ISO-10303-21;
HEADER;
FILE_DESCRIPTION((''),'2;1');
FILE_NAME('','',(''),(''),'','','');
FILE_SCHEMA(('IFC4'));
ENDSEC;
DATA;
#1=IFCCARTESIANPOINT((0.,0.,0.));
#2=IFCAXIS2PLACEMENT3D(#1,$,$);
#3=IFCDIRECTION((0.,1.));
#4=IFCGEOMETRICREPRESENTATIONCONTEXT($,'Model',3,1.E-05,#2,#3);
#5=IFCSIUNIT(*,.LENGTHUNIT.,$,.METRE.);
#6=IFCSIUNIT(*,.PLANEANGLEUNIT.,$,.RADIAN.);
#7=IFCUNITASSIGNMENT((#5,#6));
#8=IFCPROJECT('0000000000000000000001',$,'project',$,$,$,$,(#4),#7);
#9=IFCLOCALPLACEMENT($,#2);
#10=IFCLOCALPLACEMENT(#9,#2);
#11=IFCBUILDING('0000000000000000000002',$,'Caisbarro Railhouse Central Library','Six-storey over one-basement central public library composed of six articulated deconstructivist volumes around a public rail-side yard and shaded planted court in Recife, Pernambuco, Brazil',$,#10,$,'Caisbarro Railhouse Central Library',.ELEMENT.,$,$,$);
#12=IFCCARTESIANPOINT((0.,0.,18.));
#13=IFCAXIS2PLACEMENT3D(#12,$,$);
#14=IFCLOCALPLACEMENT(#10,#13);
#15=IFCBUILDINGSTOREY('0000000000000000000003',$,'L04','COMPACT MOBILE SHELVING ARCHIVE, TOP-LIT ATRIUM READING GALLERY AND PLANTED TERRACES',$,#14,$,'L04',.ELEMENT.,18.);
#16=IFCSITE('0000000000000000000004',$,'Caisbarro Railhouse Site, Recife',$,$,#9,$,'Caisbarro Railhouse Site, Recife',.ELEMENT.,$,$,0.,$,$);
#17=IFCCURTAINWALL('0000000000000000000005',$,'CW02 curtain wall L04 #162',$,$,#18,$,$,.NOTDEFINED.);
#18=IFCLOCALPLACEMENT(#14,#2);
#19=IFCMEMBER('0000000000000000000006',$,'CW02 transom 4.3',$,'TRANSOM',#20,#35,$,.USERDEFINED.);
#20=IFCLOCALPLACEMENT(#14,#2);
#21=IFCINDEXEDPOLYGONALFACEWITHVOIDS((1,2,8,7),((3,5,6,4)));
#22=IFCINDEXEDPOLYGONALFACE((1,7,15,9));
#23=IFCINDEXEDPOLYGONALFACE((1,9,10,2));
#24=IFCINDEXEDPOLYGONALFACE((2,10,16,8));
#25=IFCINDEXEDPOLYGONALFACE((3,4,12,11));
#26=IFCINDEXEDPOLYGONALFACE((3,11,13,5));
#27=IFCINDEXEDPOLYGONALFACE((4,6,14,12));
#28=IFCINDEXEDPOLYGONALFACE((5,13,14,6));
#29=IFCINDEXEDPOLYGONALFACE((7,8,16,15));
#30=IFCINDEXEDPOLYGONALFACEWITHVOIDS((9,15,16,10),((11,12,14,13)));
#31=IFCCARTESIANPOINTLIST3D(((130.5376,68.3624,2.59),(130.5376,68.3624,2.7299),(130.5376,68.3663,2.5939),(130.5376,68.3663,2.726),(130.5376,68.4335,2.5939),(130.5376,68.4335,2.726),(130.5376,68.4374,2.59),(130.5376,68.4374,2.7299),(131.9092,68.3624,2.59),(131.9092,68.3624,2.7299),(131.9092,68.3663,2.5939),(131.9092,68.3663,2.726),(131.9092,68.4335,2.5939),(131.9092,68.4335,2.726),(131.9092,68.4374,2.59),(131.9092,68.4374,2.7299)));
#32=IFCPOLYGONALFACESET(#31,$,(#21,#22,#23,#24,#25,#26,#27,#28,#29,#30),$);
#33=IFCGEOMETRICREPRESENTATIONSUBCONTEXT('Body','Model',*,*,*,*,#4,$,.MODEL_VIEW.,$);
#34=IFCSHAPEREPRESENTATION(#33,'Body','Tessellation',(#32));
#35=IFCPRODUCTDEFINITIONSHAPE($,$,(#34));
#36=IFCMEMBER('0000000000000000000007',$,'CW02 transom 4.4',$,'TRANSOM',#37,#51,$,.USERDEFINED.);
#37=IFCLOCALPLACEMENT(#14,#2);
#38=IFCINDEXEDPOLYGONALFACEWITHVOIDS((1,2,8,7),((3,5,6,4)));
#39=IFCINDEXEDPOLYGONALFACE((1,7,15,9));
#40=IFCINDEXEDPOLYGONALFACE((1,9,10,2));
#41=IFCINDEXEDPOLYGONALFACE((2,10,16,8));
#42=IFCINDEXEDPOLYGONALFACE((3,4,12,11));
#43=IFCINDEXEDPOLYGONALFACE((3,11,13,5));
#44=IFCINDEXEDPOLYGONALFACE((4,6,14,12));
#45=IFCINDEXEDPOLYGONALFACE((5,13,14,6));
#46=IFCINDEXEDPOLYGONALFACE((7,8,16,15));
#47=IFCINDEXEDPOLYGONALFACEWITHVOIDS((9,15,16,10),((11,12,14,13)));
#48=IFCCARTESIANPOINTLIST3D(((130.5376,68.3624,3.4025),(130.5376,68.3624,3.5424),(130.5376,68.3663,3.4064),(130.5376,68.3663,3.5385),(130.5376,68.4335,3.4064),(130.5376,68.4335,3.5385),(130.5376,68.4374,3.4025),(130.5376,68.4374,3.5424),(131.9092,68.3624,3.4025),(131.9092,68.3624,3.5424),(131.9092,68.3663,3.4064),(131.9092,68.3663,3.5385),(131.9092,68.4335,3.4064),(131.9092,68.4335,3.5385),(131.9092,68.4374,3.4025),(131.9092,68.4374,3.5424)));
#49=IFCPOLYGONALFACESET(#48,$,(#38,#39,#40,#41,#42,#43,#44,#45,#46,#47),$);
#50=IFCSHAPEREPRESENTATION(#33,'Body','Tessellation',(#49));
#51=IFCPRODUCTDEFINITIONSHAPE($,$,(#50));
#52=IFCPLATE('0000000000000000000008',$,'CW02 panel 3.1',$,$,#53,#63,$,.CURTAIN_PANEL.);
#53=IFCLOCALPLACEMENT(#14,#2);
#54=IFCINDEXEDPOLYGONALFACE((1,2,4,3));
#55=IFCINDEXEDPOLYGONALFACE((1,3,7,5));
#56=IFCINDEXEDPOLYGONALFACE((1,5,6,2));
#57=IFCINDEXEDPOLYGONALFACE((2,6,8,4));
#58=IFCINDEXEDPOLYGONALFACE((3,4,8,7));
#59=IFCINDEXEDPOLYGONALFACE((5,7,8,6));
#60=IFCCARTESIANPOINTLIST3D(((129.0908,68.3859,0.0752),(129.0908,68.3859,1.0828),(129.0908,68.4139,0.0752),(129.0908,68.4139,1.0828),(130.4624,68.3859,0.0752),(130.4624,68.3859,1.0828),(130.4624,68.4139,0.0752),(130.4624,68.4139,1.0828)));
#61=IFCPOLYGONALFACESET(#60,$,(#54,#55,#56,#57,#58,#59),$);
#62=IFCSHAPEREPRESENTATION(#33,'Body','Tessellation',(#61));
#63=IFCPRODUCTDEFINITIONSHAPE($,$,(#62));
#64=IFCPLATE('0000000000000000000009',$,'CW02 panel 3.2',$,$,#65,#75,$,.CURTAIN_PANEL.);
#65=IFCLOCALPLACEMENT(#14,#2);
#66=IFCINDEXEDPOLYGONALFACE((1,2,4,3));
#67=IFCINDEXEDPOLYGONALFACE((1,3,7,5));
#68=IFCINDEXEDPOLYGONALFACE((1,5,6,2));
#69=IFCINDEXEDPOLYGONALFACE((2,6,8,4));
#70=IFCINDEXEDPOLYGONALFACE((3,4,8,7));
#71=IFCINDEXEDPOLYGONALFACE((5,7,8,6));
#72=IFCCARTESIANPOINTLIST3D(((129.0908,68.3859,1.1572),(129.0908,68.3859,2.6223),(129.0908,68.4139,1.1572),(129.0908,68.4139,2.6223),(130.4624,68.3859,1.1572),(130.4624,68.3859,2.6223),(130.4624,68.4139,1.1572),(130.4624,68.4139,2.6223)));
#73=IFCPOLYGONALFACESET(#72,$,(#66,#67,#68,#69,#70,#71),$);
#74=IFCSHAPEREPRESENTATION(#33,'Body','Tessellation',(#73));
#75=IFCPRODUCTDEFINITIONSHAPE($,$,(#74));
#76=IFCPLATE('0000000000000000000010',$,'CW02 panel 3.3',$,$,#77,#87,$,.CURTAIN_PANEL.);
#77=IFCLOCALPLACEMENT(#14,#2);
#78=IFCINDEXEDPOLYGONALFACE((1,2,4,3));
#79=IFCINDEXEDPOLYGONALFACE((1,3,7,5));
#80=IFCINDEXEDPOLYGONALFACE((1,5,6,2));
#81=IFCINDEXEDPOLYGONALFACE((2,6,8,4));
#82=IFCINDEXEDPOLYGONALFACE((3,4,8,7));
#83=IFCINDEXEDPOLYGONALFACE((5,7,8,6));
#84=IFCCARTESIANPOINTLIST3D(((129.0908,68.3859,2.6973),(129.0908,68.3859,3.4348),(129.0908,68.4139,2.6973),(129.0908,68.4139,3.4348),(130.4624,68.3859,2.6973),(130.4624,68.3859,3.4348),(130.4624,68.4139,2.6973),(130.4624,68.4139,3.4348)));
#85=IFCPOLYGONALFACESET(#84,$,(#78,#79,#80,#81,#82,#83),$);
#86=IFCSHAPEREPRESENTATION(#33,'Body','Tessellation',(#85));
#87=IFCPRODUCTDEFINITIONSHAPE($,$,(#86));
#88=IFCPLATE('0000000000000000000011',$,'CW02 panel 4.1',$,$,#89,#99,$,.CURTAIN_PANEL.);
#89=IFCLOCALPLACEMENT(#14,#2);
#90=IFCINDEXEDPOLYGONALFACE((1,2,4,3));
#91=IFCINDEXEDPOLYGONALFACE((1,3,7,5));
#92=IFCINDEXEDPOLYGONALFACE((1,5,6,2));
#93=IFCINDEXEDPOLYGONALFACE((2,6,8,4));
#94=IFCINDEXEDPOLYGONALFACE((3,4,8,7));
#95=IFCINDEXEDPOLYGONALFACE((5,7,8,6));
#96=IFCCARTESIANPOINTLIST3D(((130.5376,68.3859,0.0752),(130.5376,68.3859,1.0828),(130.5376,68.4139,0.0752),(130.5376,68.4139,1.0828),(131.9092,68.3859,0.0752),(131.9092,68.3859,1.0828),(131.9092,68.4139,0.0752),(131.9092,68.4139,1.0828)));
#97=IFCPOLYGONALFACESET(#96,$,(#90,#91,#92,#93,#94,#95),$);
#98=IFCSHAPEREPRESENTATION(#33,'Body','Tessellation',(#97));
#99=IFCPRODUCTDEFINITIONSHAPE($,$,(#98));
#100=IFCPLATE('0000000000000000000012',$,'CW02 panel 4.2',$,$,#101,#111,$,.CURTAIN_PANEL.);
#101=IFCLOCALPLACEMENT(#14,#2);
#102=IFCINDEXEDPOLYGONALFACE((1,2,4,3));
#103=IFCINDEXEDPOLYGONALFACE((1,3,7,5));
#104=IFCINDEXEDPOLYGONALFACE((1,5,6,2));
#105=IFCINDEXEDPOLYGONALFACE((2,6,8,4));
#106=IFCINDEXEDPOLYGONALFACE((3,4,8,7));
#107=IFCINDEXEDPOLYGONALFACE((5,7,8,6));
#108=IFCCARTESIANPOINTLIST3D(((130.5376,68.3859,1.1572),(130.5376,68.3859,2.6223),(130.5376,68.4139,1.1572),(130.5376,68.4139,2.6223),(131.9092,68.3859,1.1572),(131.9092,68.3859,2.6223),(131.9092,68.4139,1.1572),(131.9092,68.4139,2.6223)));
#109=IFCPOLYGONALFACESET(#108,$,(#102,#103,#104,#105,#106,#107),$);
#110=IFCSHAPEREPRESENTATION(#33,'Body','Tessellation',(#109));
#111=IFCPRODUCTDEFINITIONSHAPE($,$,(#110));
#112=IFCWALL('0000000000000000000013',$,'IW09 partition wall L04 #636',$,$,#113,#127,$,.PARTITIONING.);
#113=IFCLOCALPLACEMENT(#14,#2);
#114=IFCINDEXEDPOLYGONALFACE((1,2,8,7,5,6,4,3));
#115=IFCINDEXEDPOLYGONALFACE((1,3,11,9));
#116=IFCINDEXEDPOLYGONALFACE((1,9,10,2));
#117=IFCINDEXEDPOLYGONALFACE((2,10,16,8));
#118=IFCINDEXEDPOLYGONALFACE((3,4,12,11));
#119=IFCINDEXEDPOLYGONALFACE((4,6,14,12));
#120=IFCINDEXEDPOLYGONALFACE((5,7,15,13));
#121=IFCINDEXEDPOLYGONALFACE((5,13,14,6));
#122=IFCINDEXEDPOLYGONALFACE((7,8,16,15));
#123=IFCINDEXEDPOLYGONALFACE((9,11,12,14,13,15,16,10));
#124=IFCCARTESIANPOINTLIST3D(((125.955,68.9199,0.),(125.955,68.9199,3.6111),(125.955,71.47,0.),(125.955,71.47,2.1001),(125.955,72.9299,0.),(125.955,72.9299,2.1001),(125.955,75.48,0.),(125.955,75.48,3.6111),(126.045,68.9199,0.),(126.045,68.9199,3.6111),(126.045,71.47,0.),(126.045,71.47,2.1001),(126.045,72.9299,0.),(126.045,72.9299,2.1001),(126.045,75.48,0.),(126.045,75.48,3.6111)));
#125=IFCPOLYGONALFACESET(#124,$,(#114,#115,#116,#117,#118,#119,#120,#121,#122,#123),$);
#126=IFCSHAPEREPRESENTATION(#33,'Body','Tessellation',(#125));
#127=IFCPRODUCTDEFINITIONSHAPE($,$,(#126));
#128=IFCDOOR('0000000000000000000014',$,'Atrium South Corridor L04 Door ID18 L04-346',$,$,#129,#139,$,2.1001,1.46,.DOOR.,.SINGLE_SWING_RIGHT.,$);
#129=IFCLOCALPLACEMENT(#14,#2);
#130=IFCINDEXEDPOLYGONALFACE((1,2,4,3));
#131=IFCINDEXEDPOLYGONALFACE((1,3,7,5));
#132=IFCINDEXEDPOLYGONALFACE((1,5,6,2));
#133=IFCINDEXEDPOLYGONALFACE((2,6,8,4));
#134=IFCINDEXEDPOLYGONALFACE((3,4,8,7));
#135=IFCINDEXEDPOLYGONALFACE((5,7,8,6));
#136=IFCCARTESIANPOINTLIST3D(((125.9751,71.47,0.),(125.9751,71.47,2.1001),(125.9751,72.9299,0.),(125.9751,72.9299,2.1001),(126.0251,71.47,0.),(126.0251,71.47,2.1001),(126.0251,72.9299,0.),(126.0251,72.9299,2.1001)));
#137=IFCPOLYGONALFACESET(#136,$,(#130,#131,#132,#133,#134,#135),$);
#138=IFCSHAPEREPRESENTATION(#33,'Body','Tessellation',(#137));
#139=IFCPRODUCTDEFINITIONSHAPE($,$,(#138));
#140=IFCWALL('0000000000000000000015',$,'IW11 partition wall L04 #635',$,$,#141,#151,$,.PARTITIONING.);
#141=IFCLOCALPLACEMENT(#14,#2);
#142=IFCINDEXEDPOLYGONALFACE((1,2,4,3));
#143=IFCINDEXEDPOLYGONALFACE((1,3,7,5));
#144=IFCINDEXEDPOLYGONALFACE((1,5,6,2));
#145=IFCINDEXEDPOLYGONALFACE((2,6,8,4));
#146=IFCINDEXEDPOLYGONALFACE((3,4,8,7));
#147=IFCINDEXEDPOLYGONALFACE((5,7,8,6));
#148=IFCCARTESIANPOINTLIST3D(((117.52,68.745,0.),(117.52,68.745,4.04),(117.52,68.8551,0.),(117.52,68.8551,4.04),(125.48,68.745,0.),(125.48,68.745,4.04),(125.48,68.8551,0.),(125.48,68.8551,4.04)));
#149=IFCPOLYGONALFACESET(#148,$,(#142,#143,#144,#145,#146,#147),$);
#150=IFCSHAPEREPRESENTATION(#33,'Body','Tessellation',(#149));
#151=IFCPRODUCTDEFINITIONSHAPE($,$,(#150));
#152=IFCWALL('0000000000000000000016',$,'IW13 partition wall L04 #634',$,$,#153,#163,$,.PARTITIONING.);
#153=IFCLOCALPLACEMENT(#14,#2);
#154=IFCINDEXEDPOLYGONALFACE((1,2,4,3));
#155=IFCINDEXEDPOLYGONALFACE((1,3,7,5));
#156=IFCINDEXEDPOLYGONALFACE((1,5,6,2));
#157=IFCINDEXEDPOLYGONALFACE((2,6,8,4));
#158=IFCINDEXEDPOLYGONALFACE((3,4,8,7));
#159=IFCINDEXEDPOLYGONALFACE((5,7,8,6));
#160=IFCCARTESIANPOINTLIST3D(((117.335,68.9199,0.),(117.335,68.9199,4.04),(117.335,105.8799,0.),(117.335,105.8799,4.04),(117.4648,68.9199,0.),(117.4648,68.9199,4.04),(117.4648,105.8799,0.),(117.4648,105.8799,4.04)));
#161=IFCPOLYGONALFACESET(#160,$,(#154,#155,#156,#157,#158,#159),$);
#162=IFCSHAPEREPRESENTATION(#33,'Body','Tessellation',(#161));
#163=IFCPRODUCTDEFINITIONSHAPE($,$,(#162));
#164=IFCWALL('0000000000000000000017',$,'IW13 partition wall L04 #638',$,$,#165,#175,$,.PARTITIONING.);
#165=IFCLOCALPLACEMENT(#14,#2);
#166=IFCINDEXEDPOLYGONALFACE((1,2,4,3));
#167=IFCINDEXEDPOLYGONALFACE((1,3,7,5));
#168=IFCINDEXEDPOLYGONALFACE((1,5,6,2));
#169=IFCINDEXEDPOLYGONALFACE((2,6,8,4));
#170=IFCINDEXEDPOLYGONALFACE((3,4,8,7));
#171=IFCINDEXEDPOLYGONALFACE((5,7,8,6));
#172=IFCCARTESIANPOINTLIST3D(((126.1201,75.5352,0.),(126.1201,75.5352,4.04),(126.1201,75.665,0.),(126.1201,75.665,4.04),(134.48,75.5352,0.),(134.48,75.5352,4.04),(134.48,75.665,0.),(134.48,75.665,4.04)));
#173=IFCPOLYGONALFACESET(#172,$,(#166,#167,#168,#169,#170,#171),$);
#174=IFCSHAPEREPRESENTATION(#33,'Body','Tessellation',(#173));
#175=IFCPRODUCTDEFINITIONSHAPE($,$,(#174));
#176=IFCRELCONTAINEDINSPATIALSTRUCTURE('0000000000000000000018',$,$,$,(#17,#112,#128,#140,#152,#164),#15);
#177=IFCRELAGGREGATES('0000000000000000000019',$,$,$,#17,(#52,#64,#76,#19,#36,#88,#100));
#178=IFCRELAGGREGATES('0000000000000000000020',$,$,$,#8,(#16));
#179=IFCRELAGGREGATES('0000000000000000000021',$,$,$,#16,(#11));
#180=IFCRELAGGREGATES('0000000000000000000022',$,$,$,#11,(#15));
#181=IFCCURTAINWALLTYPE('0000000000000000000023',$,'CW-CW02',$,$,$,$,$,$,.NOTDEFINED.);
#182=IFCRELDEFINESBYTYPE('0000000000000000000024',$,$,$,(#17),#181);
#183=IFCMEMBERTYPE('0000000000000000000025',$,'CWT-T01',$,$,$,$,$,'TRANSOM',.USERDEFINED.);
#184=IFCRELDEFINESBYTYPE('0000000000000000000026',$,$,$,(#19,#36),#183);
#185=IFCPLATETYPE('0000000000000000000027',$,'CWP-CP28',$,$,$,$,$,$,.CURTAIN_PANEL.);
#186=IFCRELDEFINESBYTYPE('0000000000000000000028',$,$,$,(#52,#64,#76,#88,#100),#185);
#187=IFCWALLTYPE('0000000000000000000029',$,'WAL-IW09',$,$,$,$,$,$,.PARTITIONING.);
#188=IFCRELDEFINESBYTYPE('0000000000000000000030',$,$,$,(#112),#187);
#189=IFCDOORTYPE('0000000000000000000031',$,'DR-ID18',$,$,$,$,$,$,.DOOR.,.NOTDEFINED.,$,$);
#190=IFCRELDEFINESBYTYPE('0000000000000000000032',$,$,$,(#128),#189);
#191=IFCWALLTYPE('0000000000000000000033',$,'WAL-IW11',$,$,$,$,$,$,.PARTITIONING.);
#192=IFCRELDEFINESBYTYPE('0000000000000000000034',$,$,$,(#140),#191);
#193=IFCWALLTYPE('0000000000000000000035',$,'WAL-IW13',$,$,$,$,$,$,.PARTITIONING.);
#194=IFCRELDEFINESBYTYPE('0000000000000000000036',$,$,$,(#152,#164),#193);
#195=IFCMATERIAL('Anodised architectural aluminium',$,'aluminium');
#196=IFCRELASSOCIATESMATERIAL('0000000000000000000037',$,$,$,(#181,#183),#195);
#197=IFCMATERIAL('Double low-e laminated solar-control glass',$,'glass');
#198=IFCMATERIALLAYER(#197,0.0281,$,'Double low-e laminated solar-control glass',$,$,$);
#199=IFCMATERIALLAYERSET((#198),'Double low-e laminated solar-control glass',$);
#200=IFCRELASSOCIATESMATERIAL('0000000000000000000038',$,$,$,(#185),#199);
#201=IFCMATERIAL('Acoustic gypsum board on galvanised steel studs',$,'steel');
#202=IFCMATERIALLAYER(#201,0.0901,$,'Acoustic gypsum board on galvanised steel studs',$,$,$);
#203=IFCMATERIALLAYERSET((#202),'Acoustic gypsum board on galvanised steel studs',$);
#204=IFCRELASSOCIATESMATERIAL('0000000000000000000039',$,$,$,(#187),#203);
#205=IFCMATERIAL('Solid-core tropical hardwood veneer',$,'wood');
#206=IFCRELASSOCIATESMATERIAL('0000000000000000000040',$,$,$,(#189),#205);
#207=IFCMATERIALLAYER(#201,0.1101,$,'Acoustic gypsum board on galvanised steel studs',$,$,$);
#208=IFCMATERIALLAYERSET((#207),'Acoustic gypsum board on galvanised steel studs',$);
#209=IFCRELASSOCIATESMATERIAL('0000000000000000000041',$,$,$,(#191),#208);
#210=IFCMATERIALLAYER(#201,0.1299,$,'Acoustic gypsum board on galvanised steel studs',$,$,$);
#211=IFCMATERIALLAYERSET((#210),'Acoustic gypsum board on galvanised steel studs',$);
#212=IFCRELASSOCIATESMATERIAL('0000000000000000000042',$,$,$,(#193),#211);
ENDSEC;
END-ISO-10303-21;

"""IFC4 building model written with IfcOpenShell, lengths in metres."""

from ifc_helpers import new_model, si_unit, direction, frame, frame_2d, origin, origin_2d, place, context, subcontext, project, spatial, rectangle, hollow_rectangle, extrude, material, layer, layer_set, material_profile, profile_set, type_object, element, fill, aggregate, save


model = new_model("IFC4")

# Units and contexts
model_context = context("Model", 3, precision=1e-05, world=origin(), true_north=direction((0.0, 1.0)))
body_context = subcontext(model_context, "Body", "Model", "MODEL_VIEW")
ifc_project = project(units=[si_unit("LENGTHUNIT", "METRE"), si_unit("PLANEANGLEUNIT", "RADIAN")], contexts=[model_context])

# Site, building, storey
site_placement = place(None, origin())
site = spatial("IfcSite", under=ifc_project, at=site_placement, Name="Caisbarro Railhouse Site, Recife", LongName="Caisbarro Railhouse Site, Recife", CompositionType="ELEMENT", RefElevation=0.0)
building_placement = place(site_placement, origin())
building = spatial("IfcBuilding", under=site, at=building_placement, Name="Caisbarro Railhouse Central Library", Description="Six-storey over one-basement central public library composed of six articulated deconstructivist volumes around a public rail-side yard and shaded planted court in Recife, Pernambuco, Brazil", LongName="Caisbarro Railhouse Central Library", CompositionType="ELEMENT")
storey_placement = place(building_placement, frame((0.0, 0.0, 18.0)))
storey = spatial("IfcBuildingStorey", under=building, at=storey_placement, Name="L04", Description="COMPACT MOBILE SHELVING ARCHIVE, TOP-LIT ATRIUM READING GALLERY AND PLANTED TERRACES", LongName="L04", CompositionType="ELEMENT", Elevation=18.0)

# Curtain wall, members, plates
ifc_material_1 = material(Name="Anodised architectural aluminium", Category="aluminium")
curtain_wall_type = type_object("IfcCurtainWallType", Name="CW-CW02", PredefinedType="NOTDEFINED", material=ifc_material_1)
curtain_wall_placement = place(storey_placement, origin())
curtain_wall = element("IfcCurtainWall", 1, at=curtain_wall_placement, inside=storey, type_object=curtain_wall_type, Name="CW02 curtain wall L04 #162", PredefinedType="NOTDEFINED")
ifc_material_profile_1 = material_profile(ifc_material_1, hollow_rectangle(XDim=0.075, YDim=0.1399, WallThickness=0.0039, at=origin_2d()), Name="ALU-TRN-75X140")
ifc_profile_set_1 = profile_set([ifc_material_profile_1], Name="Anodised architectural aluminium")
member_type_1 = type_object("IfcMemberType", Name="CWT-T01", ElementType="TRANSOM", PredefinedType="USERDEFINED", material=ifc_profile_set_1)
member_1_placement = place(storey_placement, frame((130.5376, 68.3999, 2.6599), z_axis=(1.0, 0.0, 0.0), x_axis=(0.0, 1.0, 0.0)))
member_1 = element("IfcMember", 2, at=member_1_placement, type_object=member_type_1, Name="CW02 transom 4.3", ObjectType="TRANSOM", PredefinedType="USERDEFINED", context=body_context, shape_type="SweptSolid", body=[
    extrude(hollow_rectangle(XDim=0.075, YDim=0.1399, WallThickness=0.0039, at=origin_2d()), origin(), (0.0, 0.0, 1.0), 1.3716),
])
member_2_placement = place(storey_placement, frame((130.5376, 68.3999, 3.4724), z_axis=(1.0, 0.0, 0.0), x_axis=(0.0, 1.0, 0.0)))
member_2 = element("IfcMember", 3, at=member_2_placement, type_object=member_type_1, Name="CW02 transom 4.4", ObjectType="TRANSOM", PredefinedType="USERDEFINED", context=body_context, shape_type="SweptSolid", body=[
    extrude(hollow_rectangle(XDim=0.075, YDim=0.1399, WallThickness=0.0039, at=origin_2d()), origin(), (0.0, 0.0, 1.0), 1.3716),
])
ifc_material_2 = material(Name="Double low-e laminated solar-control glass", Category="glass")
ifc_layer_1 = layer(ifc_material_2, 0.0281, Name="Double low-e laminated solar-control glass")
ifc_layer_set_1 = layer_set([ifc_layer_1], Name="Double low-e laminated solar-control glass")
plate_type = type_object("IfcPlateType", Name="CWP-CP28", PredefinedType="CURTAIN_PANEL", material=ifc_layer_set_1)
plate_1_placement = place(storey_placement, frame((129.7766, 68.3999, 0.0752), z_axis=(0.0, 0.0, 1.0), x_axis=(1.0, 0.0, 0.0)))
plate_1 = element("IfcPlate", 4, at=plate_1_placement, type_object=plate_type, Name="CW02 panel 3.1", PredefinedType="CURTAIN_PANEL", context=body_context, shape_type="SweptSolid", body=[
    extrude(rectangle(XDim=1.3716, YDim=0.0281, at=origin_2d()), origin(), (0.0, 0.0, 1.0), 1.0076),
])
plate_2_placement = place(storey_placement, frame((129.7766, 68.3999, 1.1572), z_axis=(0.0, 0.0, 1.0), x_axis=(1.0, 0.0, 0.0)))
plate_2 = element("IfcPlate", 5, at=plate_2_placement, type_object=plate_type, Name="CW02 panel 3.2", PredefinedType="CURTAIN_PANEL", context=body_context, shape_type="SweptSolid", body=[
    extrude(rectangle(XDim=1.3716, YDim=0.0281, at=origin_2d()), origin(), (0.0, 0.0, 1.0), 1.4651),
])
plate_3_placement = place(storey_placement, frame((129.7766, 68.3999, 2.6973), z_axis=(0.0, 0.0, 1.0), x_axis=(1.0, 0.0, 0.0)))
plate_3 = element("IfcPlate", 6, at=plate_3_placement, type_object=plate_type, Name="CW02 panel 3.3", PredefinedType="CURTAIN_PANEL", context=body_context, shape_type="SweptSolid", body=[
    extrude(rectangle(XDim=1.3716, YDim=0.0281, at=origin_2d()), origin(), (0.0, 0.0, 1.0), 0.7375),
])
plate_4_placement = place(storey_placement, frame((131.2234, 68.3999, 0.0752), z_axis=(0.0, 0.0, 1.0), x_axis=(1.0, 0.0, 0.0)))
plate_4 = element("IfcPlate", 7, at=plate_4_placement, type_object=plate_type, Name="CW02 panel 4.1", PredefinedType="CURTAIN_PANEL", context=body_context, shape_type="SweptSolid", body=[
    extrude(rectangle(XDim=1.3716, YDim=0.0281, at=origin_2d()), origin(), (0.0, 0.0, 1.0), 1.0076),
])
plate_5_placement = place(storey_placement, frame((131.2234, 68.3999, 1.1572), z_axis=(0.0, 0.0, 1.0), x_axis=(1.0, 0.0, 0.0)))
plate_5 = element("IfcPlate", 8, at=plate_5_placement, type_object=plate_type, Name="CW02 panel 4.2", PredefinedType="CURTAIN_PANEL", context=body_context, shape_type="SweptSolid", body=[
    extrude(rectangle(XDim=1.3716, YDim=0.0281, at=origin_2d()), origin(), (0.0, 0.0, 1.0), 1.4651),
])
aggregate(curtain_wall, [plate_1, plate_2, plate_3, member_1, member_2, plate_4, plate_5])

# Wall, opening, door
ifc_material_3 = material(Name="Acoustic gypsum board on galvanised steel studs", Category="steel")
ifc_layer_2 = layer(ifc_material_3, 0.0901, Name="Acoustic gypsum board on galvanised steel studs")
ifc_layer_set_2 = layer_set([ifc_layer_2], Name="Acoustic gypsum board on galvanised steel studs")
wall_type_1 = type_object("IfcWallType", Name="WAL-IW09", PredefinedType="PARTITIONING", material=ifc_layer_set_2)
wall_1_placement = place(storey_placement, frame((126.0, 68.9199, 0.0), z_axis=(0.0, 0.0, 1.0), x_axis=(0.0, 1.0, 0.0)))
wall_1 = element("IfcWall", 9, at=wall_1_placement, inside=storey, type_object=wall_type_1, Name="IW09 partition wall L04 #636", PredefinedType="PARTITIONING", context=body_context, shape_type="SweptSolid", body=[
    extrude(rectangle(XDim=6.5601, YDim=0.0901, at=frame_2d((3.28, 0.0))), origin(), (0.0, 0.0, 1.0), 3.6111),
])
opening_placement = place(wall_1_placement, frame((2.55, 0.0, 0.0)))
opening = element("IfcOpeningElement", 10, at=opening_placement, cuts=wall_1, PredefinedType="OPENING", context=body_context, shape_type="SweptSolid", body=[
    extrude(rectangle(XDim=1.46, YDim=2.1001, at=frame_2d((0.73, 1.05))), frame((0.0, 0.0552, 0.0), z_axis=(0.0, -1.0, 0.0), x_axis=(1.0, 0.0, 0.0)), (0.0, 0.0, 1.0), 0.1101),
])
ifc_material_4 = material(Name="Solid-core tropical hardwood veneer", Category="wood")
door_type = type_object("IfcDoorType", Name="DR-ID18", OperationType="NOTDEFINED", PredefinedType="DOOR", material=ifc_material_4)
door_placement = place(opening_placement, origin())
door = element("IfcDoor", 11, at=door_placement, inside=storey, type_object=door_type, Name="Atrium South Corridor L04 Door ID18 L04-346", OperationType="SINGLE_SWING_RIGHT", OverallHeight=2.1001, OverallWidth=1.46, PredefinedType="DOOR", context=body_context, shape_type="SweptSolid", body=[
    extrude(rectangle(XDim=1.46, YDim=2.1001, at=frame_2d((0.73, 1.05))), frame((0.0, 0.0249, 0.0), z_axis=(0.0, -1.0, 0.0), x_axis=(1.0, 0.0, 0.0)), (0.0, 0.0, 1.0), 0.05),
])
fill(opening, door)

# Walls
ifc_layer_3 = layer(ifc_material_3, 0.1101, Name="Acoustic gypsum board on galvanised steel studs")
ifc_layer_set_3 = layer_set([ifc_layer_3], Name="Acoustic gypsum board on galvanised steel studs")
wall_type_2 = type_object("IfcWallType", Name="WAL-IW11", PredefinedType="PARTITIONING", material=ifc_layer_set_3)
wall_2_placement = place(storey_placement, frame((117.52, 68.8, 0.0), z_axis=(0.0, 0.0, 1.0), x_axis=(1.0, 0.0, 0.0)))
element("IfcWall", 12, at=wall_2_placement, inside=storey, type_object=wall_type_2, Name="IW11 partition wall L04 #635", PredefinedType="PARTITIONING", context=body_context, shape_type="SweptSolid", body=[
    extrude(rectangle(XDim=7.96, YDim=0.1101, at=frame_2d((3.98, 0.0))), origin(), (0.0, 0.0, 1.0), 4.04),
])
ifc_layer_4 = layer(ifc_material_3, 0.1299, Name="Acoustic gypsum board on galvanised steel studs")
ifc_layer_set_4 = layer_set([ifc_layer_4], Name="Acoustic gypsum board on galvanised steel studs")
wall_type_3 = type_object("IfcWallType", Name="WAL-IW13", PredefinedType="PARTITIONING", material=ifc_layer_set_4)
wall_3_placement = place(storey_placement, frame((117.3999, 68.9199, 0.0), z_axis=(0.0, 0.0, 1.0), x_axis=(0.0, 1.0, 0.0)))
element("IfcWall", 13, at=wall_3_placement, inside=storey, type_object=wall_type_3, Name="IW13 partition wall L04 #634", PredefinedType="PARTITIONING", context=body_context, shape_type="SweptSolid", body=[
    extrude(rectangle(XDim=36.96, YDim=0.1299, at=frame_2d((18.48, 0.0))), origin(), (0.0, 0.0, 1.0), 4.04),
])
wall_4_placement = place(storey_placement, frame((126.1201, 75.6001, 0.0), z_axis=(0.0, 0.0, 1.0), x_axis=(1.0, 0.0, 0.0)))
element("IfcWall", 14, at=wall_4_placement, inside=storey, type_object=wall_type_3, Name="IW13 partition wall L04 #638", PredefinedType="PARTITIONING", context=body_context, shape_type="SweptSolid", body=[
    extrude(rectangle(XDim=8.3599, YDim=0.1299, at=frame_2d((4.1799, 0.0))), origin(), (0.0, 0.0, 1.0), 4.04),
])

save(model, "model.ifc")
